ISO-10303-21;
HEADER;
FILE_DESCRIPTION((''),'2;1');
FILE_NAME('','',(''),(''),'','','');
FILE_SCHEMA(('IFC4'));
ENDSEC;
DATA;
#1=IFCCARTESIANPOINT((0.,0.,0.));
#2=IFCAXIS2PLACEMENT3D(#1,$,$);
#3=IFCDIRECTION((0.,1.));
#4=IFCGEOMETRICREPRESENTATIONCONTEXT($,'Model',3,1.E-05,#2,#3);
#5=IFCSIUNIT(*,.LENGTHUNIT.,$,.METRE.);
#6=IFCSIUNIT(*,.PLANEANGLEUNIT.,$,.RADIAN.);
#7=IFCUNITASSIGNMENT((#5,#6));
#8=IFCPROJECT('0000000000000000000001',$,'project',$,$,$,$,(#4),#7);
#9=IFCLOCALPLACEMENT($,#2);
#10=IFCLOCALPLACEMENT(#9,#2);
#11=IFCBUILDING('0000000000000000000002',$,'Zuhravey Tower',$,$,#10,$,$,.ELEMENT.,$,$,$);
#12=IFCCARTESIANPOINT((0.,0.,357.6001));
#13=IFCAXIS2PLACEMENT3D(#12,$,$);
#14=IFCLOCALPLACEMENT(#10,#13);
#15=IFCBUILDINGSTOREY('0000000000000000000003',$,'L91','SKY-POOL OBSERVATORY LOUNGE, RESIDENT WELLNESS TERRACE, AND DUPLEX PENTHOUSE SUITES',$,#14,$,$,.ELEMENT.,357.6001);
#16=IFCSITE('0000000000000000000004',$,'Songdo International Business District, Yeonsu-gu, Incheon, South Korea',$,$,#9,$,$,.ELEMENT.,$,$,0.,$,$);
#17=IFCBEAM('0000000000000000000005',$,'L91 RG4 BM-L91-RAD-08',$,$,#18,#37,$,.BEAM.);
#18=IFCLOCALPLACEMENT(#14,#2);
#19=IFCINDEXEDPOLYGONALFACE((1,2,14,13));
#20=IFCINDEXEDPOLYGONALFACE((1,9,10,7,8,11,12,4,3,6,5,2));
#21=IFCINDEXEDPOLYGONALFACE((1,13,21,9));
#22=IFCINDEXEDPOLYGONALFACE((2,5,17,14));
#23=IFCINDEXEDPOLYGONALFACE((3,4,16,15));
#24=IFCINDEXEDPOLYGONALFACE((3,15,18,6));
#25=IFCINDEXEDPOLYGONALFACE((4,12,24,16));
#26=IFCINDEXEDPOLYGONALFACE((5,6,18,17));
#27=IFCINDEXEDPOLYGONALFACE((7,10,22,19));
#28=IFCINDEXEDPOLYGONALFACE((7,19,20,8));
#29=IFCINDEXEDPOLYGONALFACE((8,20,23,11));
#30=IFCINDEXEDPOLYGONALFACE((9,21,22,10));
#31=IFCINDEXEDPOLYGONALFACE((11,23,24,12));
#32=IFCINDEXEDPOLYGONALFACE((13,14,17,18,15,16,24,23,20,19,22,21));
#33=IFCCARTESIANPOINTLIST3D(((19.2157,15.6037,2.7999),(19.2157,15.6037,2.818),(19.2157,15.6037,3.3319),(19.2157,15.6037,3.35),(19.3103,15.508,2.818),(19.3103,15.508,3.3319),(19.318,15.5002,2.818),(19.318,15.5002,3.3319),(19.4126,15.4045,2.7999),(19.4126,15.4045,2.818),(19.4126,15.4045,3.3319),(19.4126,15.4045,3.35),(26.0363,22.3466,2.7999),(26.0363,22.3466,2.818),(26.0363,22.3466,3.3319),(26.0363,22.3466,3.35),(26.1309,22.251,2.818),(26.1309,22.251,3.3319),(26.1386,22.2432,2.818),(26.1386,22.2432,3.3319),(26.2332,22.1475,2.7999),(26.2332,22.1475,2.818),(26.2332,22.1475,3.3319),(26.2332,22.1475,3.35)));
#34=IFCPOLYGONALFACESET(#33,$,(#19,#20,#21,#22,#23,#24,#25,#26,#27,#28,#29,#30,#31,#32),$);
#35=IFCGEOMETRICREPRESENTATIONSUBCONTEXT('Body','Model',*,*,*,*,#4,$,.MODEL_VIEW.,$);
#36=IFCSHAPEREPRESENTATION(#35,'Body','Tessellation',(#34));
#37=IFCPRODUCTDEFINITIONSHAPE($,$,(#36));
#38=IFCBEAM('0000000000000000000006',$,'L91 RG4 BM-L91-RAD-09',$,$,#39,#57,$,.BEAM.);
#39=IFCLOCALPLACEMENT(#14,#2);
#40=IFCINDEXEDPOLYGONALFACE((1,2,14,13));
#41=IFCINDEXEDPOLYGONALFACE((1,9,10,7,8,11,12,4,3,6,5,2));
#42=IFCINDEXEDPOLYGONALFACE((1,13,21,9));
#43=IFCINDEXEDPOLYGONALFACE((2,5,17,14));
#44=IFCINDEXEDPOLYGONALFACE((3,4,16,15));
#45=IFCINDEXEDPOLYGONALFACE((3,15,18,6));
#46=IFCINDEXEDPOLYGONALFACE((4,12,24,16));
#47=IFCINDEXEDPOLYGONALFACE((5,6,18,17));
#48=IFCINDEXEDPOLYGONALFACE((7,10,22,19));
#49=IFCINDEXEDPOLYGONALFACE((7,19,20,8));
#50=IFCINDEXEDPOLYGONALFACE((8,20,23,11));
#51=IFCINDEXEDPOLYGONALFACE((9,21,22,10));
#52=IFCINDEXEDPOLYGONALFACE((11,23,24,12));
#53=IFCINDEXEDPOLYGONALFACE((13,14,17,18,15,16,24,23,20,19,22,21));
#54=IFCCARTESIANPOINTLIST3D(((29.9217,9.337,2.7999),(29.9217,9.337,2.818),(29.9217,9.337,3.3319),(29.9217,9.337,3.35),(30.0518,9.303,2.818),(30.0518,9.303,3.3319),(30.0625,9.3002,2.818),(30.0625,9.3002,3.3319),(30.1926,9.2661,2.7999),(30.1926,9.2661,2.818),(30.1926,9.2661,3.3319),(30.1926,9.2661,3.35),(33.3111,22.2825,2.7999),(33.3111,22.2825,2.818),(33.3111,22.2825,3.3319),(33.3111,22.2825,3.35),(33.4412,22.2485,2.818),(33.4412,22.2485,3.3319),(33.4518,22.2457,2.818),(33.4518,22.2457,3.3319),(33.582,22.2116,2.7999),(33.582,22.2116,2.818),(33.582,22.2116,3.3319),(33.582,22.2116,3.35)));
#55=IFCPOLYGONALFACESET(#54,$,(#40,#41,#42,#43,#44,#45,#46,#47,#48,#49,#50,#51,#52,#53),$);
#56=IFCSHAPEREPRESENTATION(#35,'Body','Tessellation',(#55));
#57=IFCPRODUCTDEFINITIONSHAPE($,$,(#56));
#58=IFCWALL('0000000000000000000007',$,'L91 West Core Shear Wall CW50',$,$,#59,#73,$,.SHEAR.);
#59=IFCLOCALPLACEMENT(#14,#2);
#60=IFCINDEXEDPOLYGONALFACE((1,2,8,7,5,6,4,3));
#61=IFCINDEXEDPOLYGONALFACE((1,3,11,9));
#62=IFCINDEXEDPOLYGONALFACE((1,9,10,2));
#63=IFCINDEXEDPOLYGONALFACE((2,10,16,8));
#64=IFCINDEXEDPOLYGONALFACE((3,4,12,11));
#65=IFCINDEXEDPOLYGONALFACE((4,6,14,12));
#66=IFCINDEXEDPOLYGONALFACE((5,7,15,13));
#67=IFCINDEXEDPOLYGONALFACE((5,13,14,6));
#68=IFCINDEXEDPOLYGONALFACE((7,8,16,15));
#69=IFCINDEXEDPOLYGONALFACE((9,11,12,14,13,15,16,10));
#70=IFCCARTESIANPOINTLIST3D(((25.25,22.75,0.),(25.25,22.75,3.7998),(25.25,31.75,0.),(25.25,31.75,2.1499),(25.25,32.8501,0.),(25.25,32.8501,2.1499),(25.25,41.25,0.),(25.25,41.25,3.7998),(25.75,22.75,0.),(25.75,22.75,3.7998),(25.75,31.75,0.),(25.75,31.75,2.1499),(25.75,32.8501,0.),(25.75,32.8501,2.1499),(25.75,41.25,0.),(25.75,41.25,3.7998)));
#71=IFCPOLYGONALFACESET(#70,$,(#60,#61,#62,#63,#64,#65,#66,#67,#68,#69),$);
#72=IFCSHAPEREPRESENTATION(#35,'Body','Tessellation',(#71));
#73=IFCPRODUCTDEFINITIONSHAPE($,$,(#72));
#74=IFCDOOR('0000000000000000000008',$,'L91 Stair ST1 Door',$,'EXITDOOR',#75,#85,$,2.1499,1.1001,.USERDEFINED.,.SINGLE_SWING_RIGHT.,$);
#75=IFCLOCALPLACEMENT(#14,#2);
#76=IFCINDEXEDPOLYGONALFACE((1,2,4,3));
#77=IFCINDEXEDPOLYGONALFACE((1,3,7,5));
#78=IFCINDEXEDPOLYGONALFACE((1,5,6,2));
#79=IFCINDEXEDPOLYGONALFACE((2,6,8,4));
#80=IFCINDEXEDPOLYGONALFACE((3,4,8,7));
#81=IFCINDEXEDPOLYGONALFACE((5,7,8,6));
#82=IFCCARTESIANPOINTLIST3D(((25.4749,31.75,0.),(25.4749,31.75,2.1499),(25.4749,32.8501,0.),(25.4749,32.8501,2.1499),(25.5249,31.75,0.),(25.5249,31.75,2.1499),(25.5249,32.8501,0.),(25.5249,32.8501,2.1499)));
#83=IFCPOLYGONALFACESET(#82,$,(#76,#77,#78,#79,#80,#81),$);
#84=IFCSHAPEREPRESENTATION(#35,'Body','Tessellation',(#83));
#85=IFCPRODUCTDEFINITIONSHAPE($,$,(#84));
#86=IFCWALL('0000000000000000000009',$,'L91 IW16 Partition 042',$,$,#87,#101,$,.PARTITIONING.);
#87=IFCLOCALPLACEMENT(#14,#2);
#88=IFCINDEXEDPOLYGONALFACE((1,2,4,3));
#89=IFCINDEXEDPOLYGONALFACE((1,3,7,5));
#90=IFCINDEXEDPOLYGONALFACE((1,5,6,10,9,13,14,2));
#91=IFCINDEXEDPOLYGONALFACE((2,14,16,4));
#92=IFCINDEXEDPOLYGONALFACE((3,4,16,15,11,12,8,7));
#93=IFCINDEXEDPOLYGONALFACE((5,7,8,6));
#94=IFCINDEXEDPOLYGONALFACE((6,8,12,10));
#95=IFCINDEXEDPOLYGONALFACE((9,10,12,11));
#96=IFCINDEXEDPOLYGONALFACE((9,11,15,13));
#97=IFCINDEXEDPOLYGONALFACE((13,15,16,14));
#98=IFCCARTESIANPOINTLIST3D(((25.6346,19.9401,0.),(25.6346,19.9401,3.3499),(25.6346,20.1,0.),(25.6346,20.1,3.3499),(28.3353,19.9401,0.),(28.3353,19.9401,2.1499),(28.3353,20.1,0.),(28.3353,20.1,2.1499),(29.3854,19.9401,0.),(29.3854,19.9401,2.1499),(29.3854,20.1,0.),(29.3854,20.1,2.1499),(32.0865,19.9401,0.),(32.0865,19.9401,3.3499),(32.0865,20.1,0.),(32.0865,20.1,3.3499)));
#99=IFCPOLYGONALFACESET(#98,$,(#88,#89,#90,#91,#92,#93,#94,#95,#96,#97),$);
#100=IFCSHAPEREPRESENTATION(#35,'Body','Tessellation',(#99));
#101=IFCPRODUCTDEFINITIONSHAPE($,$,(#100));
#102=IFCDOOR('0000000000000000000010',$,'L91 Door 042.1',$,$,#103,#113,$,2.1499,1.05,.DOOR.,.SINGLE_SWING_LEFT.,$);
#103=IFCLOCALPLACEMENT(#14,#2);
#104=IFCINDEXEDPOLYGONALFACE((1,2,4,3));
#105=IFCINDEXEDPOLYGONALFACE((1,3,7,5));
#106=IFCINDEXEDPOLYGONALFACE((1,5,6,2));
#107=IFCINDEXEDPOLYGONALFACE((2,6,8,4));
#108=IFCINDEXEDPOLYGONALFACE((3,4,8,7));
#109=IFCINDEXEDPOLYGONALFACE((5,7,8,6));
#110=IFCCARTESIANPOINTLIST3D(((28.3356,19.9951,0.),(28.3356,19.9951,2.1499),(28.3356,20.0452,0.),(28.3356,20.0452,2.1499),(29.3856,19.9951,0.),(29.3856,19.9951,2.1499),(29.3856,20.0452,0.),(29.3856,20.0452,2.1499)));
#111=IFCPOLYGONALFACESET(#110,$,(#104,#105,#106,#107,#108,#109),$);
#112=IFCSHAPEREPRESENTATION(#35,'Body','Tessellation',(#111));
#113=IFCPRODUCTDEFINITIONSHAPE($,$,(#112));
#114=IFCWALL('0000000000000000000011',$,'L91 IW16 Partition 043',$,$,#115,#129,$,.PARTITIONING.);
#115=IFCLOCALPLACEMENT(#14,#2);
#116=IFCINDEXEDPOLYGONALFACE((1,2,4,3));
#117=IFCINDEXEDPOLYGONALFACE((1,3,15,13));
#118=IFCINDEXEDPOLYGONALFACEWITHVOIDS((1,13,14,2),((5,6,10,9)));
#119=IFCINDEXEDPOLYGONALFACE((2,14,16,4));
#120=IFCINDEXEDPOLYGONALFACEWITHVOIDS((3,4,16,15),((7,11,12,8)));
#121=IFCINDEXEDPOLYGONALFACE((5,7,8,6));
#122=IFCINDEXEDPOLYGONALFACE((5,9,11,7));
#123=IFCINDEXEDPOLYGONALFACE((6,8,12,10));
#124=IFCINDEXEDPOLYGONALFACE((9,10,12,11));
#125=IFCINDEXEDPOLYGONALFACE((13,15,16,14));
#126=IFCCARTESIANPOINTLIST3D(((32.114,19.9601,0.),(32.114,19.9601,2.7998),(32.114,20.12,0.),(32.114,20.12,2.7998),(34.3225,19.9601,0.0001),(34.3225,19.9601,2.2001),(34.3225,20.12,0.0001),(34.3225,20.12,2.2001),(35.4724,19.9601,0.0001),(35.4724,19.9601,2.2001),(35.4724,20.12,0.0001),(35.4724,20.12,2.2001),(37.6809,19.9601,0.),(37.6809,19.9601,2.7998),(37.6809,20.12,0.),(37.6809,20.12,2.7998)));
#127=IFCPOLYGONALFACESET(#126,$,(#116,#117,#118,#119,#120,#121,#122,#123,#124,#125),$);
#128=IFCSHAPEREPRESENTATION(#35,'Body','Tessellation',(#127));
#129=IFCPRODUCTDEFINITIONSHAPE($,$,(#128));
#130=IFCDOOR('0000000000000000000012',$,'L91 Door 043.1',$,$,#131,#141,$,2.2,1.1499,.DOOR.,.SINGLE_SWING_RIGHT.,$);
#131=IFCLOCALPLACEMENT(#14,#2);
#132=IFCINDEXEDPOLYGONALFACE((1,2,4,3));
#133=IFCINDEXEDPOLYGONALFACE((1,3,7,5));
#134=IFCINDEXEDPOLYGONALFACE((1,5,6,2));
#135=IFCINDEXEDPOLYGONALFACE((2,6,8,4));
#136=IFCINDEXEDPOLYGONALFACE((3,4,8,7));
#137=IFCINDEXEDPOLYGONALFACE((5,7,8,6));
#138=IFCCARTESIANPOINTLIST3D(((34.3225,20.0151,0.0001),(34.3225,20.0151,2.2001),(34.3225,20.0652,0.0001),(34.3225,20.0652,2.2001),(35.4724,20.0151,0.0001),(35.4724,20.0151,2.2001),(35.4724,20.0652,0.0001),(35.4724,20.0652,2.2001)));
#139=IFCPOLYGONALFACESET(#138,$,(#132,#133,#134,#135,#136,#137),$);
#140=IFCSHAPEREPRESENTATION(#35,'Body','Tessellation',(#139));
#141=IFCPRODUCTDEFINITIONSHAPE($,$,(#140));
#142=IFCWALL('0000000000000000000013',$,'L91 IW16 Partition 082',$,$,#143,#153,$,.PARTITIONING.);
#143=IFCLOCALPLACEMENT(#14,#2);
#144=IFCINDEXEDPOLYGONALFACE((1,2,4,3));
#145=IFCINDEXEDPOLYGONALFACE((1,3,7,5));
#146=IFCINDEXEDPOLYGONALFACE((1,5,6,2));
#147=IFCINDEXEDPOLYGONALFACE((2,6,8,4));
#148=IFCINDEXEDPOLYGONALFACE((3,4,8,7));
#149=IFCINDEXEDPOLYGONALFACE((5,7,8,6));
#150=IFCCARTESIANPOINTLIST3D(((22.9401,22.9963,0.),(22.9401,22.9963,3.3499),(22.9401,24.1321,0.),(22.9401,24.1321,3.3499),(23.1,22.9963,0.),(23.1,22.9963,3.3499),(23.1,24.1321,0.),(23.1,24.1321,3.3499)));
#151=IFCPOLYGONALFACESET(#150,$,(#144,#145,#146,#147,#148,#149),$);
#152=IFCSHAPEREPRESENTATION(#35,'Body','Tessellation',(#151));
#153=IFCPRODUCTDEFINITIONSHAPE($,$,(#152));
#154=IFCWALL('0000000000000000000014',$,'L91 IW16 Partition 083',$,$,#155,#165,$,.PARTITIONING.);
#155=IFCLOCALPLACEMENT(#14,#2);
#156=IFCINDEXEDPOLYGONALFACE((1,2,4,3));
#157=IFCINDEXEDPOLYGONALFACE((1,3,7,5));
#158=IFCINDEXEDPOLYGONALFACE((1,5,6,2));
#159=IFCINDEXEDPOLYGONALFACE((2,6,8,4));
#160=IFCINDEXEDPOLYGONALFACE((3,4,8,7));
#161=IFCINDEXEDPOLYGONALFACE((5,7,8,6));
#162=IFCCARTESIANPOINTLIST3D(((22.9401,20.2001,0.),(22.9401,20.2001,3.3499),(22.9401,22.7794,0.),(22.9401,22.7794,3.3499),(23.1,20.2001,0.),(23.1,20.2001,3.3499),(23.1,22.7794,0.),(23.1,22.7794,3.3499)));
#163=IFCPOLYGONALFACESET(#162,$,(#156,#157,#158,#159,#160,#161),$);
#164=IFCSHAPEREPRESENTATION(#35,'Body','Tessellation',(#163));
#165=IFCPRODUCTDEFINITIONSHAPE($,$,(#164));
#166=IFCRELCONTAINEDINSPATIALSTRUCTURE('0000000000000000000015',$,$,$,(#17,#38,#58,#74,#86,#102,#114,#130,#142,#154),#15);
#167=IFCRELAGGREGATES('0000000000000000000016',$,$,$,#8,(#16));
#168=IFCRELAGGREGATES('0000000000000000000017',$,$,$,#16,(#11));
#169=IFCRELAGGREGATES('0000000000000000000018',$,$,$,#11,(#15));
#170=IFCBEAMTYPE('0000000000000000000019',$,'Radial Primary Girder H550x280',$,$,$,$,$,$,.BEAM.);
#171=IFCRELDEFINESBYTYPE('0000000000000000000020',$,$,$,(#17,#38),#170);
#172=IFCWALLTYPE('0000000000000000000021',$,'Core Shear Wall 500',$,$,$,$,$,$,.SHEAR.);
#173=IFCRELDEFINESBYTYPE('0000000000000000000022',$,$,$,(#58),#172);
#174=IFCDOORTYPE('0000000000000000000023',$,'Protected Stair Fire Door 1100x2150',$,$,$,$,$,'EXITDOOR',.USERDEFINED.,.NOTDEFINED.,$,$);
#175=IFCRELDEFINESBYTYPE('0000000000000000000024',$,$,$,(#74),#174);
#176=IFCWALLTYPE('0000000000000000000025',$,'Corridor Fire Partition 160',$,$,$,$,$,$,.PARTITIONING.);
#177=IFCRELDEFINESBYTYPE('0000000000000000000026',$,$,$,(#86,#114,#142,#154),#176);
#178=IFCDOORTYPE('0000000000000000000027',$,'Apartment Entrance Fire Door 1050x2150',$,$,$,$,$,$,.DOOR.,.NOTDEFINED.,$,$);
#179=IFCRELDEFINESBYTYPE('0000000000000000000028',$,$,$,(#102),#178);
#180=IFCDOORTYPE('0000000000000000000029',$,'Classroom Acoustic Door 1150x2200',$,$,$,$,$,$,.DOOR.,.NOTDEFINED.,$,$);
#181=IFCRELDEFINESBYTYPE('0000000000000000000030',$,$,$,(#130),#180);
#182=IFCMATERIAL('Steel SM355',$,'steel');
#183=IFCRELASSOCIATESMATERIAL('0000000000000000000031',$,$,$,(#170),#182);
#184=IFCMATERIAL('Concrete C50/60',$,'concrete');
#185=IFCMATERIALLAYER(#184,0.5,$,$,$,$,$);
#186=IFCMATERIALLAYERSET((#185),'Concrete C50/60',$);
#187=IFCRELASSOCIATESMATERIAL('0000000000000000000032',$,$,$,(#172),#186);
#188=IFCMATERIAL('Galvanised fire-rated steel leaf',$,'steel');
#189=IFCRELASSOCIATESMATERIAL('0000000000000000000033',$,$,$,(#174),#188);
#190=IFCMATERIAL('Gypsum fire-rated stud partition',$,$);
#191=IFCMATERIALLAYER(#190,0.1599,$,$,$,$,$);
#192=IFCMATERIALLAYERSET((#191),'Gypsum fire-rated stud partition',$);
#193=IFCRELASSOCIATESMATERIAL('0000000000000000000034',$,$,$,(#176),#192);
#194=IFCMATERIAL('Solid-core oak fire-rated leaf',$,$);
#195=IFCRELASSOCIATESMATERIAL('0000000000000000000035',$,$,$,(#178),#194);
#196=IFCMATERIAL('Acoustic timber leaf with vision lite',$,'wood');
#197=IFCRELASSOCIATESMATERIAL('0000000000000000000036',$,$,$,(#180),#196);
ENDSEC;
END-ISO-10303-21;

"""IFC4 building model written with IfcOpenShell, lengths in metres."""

from ifc_helpers import new_model, si_unit, direction, frame, frame_2d, origin, origin_2d, place, context, subcontext, project, spatial, rectangle, i_section, extrude, material, layer, layer_set, material_profile, profile_set, type_object, element, fill, save


model = new_model("IFC4")

# Units and contexts
model_context = context("Model", 3, precision=1e-05, world=origin(), true_north=direction((0.0, 1.0)))
body_context = subcontext(model_context, "Body", "Model", "MODEL_VIEW")
ifc_project = project(units=[si_unit("LENGTHUNIT", "METRE"), si_unit("PLANEANGLEUNIT", "RADIAN")], contexts=[model_context])

# Site, building, storey
site_placement = place(None, origin())
site = spatial("IfcSite", under=ifc_project, at=site_placement, Name="Songdo International Business District, Yeonsu-gu, Incheon, South Korea", CompositionType="ELEMENT", RefElevation=0.0)
building_placement = place(site_placement, origin())
building = spatial("IfcBuilding", under=site, at=building_placement, Name="Zuhravey Tower", CompositionType="ELEMENT")
storey_placement = place(building_placement, frame((0.0, 0.0, 357.6001)))
storey = spatial("IfcBuildingStorey", under=building, at=storey_placement, Name="L91", Description="SKY-POOL OBSERVATORY LOUNGE, RESIDENT WELLNESS TERRACE, AND DUPLEX PENTHOUSE SUITES", CompositionType="ELEMENT", Elevation=357.6001)

# Beams
ifc_material_1 = material(Name="Steel SM355", Category="steel")
ifc_material_profile = material_profile(ifc_material_1, i_section(OverallWidth=0.28, OverallDepth=0.55, WebThickness=0.011, FlangeThickness=0.0181, at=origin_2d()), Name="H-550x280x11x18")
ifc_profile_set = profile_set([ifc_material_profile], Name="Steel SM355")
beam_type = type_object("IfcBeamType", Name="Radial Primary Girder H550x280", PredefinedType="BEAM", material=ifc_profile_set)
beam_1_placement = place(storey_placement, frame((26.1348, 22.2471, 3.075), z_axis=(-0.711143, -0.703048, 0.0), x_axis=(0.703048, -0.711143, 0.0)))
element("IfcBeam", 1, at=beam_1_placement, inside=storey, type_object=beam_type, Name="L91 RG4 BM-L91-RAD-08", PredefinedType="BEAM", context=body_context, shape_type="SweptSolid", body=[
    extrude(i_section(OverallWidth=0.28, OverallDepth=0.55, WebThickness=0.011, FlangeThickness=0.0181, at=origin_2d()), origin(), (0.0, 0.0, 1.0), 9.5911),
])
beam_2_placement = place(storey_placement, frame((33.4465, 22.2471, 3.075), z_axis=(-0.253283, -0.967392, 0.0), x_axis=(0.967392, -0.253283, 0.0)))
element("IfcBeam", 2, at=beam_2_placement, inside=storey, type_object=beam_type, Name="L91 RG4 BM-L91-RAD-09", PredefinedType="BEAM", context=body_context, shape_type="SweptSolid", body=[
    extrude(i_section(OverallWidth=0.28, OverallDepth=0.55, WebThickness=0.011, FlangeThickness=0.0181, at=origin_2d()), origin(), (0.0, 0.0, 1.0), 13.3818),
])

# Walls, openings, doors
ifc_material_2 = material(Name="Concrete C50/60", Category="concrete")
ifc_layer_1 = layer(ifc_material_2, 0.5)
ifc_layer_set_1 = layer_set([ifc_layer_1], Name="Concrete C50/60")
wall_type_1 = type_object("IfcWallType", Name="Core Shear Wall 500", PredefinedType="SHEAR", material=ifc_layer_set_1)
ifc_material_3 = material(Name="Galvanised fire-rated steel leaf", Category="steel")
wall_1_placement = place(storey_placement, frame((25.5, 22.75, 0.0), z_axis=(0.0, 0.0, 1.0), x_axis=(0.0, 1.0, 0.0)))
wall_1 = element("IfcWall", 3, at=wall_1_placement, inside=storey, type_object=wall_type_1, Name="L91 West Core Shear Wall CW50", PredefinedType="SHEAR", context=body_context, shape_type="SweptSolid", body=[
    extrude(rectangle(XDim=18.5, YDim=0.5, at=frame_2d((9.25, 0.0))), origin(), (0.0, 0.0, 1.0), 3.7998),
])
opening_1_placement = place(wall_1_placement, frame((9.0, 0.0, 0.0)))
opening_1 = element("IfcOpeningElement", 4, at=opening_1_placement, cuts=wall_1, PredefinedType="OPENING", context=body_context, shape_type="SweptSolid", body=[
    extrude(rectangle(XDim=1.1001, YDim=2.1499, at=frame_2d((0.55, 1.075))), frame((0.0, 0.262, 0.0), z_axis=(0.0, -1.0, 0.0), x_axis=(1.0, 0.0, 0.0)), (0.0, 0.0, 1.0), 0.5239),
])
door_type_1 = type_object("IfcDoorType", Name="Protected Stair Fire Door 1100x2150", ElementType="EXITDOOR", OperationType="NOTDEFINED", PredefinedType="USERDEFINED", material=ifc_material_3)
door_1_placement = place(opening_1_placement, frame((1.1001, 0.0, 0.0), z_axis=(0.0, 0.0, 1.0), x_axis=(-1.0, 0.0, 0.0)))
door_1 = element("IfcDoor", 5, at=door_1_placement, inside=storey, type_object=door_type_1, Name="L91 Stair ST1 Door", ObjectType="EXITDOOR", OperationType="SINGLE_SWING_RIGHT", OverallHeight=2.1499, OverallWidth=1.1001, PredefinedType="USERDEFINED", context=body_context, shape_type="SweptSolid", body=[
    extrude(rectangle(XDim=1.1001, YDim=2.1499, at=frame_2d((0.55, 1.075))), frame((0.0, 0.0249, 0.0), z_axis=(0.0, -1.0, 0.0), x_axis=(1.0, 0.0, 0.0)), (0.0, 0.0, 1.0), 0.05),
])
fill(opening_1, door_1)
ifc_material_4 = material(Name="Gypsum fire-rated stud partition")
ifc_layer_2 = layer(ifc_material_4, 0.1599)
ifc_layer_set_2 = layer_set([ifc_layer_2], Name="Gypsum fire-rated stud partition")
wall_type_2 = type_object("IfcWallType", Name="Corridor Fire Partition 160", PredefinedType="PARTITIONING", material=ifc_layer_set_2)
wall_2_placement = place(storey_placement, frame((25.6345, 20.02, 0.0), z_axis=(0.0, 0.0, 1.0), x_axis=(1.0, 0.0, 0.0)))
wall_2 = element("IfcWall", 6, at=wall_2_placement, inside=storey, type_object=wall_type_2, Name="L91 IW16 Partition 042", PredefinedType="PARTITIONING", context=body_context, shape_type="SweptSolid", body=[
    extrude(rectangle(XDim=6.4519, YDim=0.1599, at=frame_2d((3.2261, 0.0))), origin(), (0.0, 0.0, 1.0), 3.3499),
])
opening_2_placement = place(wall_2_placement, frame((2.7009, 0.0, 0.0)))
opening_2 = element("IfcOpeningElement", 7, at=opening_2_placement, cuts=wall_2, PredefinedType="OPENING", context=body_context, shape_type="SweptSolid", body=[
    extrude(rectangle(XDim=1.05, YDim=2.1499, at=frame_2d((0.5249, 1.075))), frame((0.0, 0.092, 0.0), z_axis=(0.0, -1.0, 0.0), x_axis=(1.0, 0.0, 0.0)), (0.0, 0.0, 1.0), 0.1838),
])
ifc_material_5 = material(Name="Solid-core oak fire-rated leaf")
door_type_2 = type_object("IfcDoorType", Name="Apartment Entrance Fire Door 1050x2150", OperationType="NOTDEFINED", PredefinedType="DOOR", material=ifc_material_5)
door_2_placement = place(opening_2_placement, frame((1.05, 0.0, 0.0), z_axis=(0.0, 0.0, 1.0), x_axis=(-1.0, 0.0, 0.0)))
door_2 = element("IfcDoor", 8, at=door_2_placement, inside=storey, type_object=door_type_2, Name="L91 Door 042.1", OperationType="SINGLE_SWING_LEFT", OverallHeight=2.1499, OverallWidth=1.05, PredefinedType="DOOR", context=body_context, shape_type="SweptSolid", body=[
    extrude(rectangle(XDim=1.05, YDim=2.1499, at=frame_2d((0.5249, 1.075))), frame((0.0, 0.0249, 0.0), z_axis=(0.0, -1.0, 0.0), x_axis=(1.0, 0.0, 0.0)), (0.0, 0.0, 1.0), 0.05),
])
fill(opening_2, door_2)
wall_3_placement = place(storey_placement, frame((32.114, 20.04, 0.0), z_axis=(0.0, 0.0, 1.0), x_axis=(1.0, 0.0, 0.0)))
wall_3 = element("IfcWall", 9, at=wall_3_placement, inside=storey, type_object=wall_type_2, Name="L91 IW16 Partition 043", PredefinedType="PARTITIONING", context=body_context, shape_type="SweptSolid", body=[
    extrude(rectangle(XDim=5.5669, YDim=0.1599, at=frame_2d((2.7834, 0.0))), origin(), (0.0, 0.0, 1.0), 2.7998),
])
opening_3_placement = place(wall_3_placement, frame((2.2085, 0.0, 0.0)))
opening_3 = element("IfcOpeningElement", 10, at=opening_3_placement, cuts=wall_3, PredefinedType="OPENING", context=body_context, shape_type="SweptSolid", body=[
    extrude(rectangle(XDim=1.1499, YDim=2.2, at=frame_2d((0.575, 1.1001))), frame((0.0, 0.092, 0.0), z_axis=(0.0, -1.0, 0.0), x_axis=(1.0, 0.0, 0.0)), (0.0, 0.0, 1.0), 0.1838),
])
ifc_material_6 = material(Name="Acoustic timber leaf with vision lite", Category="wood")
door_type_3 = type_object("IfcDoorType", Name="Classroom Acoustic Door 1150x2200", OperationType="NOTDEFINED", PredefinedType="DOOR", material=ifc_material_6)
door_3_placement = place(opening_3_placement, frame((1.1499, 0.0, 0.0), z_axis=(0.0, 0.0, 1.0), x_axis=(-1.0, 0.0, 0.0)))
door_3 = element("IfcDoor", 11, at=door_3_placement, inside=storey, type_object=door_type_3, Name="L91 Door 043.1", OperationType="SINGLE_SWING_RIGHT", OverallHeight=2.2, OverallWidth=1.1499, PredefinedType="DOOR", context=body_context, shape_type="SweptSolid", body=[
    extrude(rectangle(XDim=1.1499, YDim=2.2, at=frame_2d((0.575, 1.1001))), frame((0.0, 0.0249, 0.0), z_axis=(0.0, -1.0, 0.0), x_axis=(1.0, 0.0, 0.0)), (0.0, 0.0, 1.0), 0.05),
])
fill(opening_3, door_3)

# Walls
wall_4_placement = place(storey_placement, frame((23.02, 24.1321, 0.0), z_axis=(0.0, 0.0, 1.0), x_axis=(0.0, -1.0, 0.0)))
element("IfcWall", 12, at=wall_4_placement, inside=storey, type_object=wall_type_2, Name="L91 IW16 Partition 082", PredefinedType="PARTITIONING", context=body_context, shape_type="SweptSolid", body=[
    extrude(rectangle(XDim=1.1357, YDim=0.1599, at=frame_2d((0.5679, 0.0))), origin(), (0.0, 0.0, 1.0), 3.3499),
])
wall_5_placement = place(storey_placement, frame((23.02, 22.7793, 0.0), z_axis=(0.0, 0.0, 1.0), x_axis=(0.0, -1.0, 0.0)))
element("IfcWall", 13, at=wall_5_placement, inside=storey, type_object=wall_type_2, Name="L91 IW16 Partition 083", PredefinedType="PARTITIONING", context=body_context, shape_type="SweptSolid", body=[
    extrude(rectangle(XDim=2.5793, YDim=0.1599, at=frame_2d((1.2896, 0.0))), origin(), (0.0, 0.0, 1.0), 3.3499),
])

save(model, "model.ifc")
